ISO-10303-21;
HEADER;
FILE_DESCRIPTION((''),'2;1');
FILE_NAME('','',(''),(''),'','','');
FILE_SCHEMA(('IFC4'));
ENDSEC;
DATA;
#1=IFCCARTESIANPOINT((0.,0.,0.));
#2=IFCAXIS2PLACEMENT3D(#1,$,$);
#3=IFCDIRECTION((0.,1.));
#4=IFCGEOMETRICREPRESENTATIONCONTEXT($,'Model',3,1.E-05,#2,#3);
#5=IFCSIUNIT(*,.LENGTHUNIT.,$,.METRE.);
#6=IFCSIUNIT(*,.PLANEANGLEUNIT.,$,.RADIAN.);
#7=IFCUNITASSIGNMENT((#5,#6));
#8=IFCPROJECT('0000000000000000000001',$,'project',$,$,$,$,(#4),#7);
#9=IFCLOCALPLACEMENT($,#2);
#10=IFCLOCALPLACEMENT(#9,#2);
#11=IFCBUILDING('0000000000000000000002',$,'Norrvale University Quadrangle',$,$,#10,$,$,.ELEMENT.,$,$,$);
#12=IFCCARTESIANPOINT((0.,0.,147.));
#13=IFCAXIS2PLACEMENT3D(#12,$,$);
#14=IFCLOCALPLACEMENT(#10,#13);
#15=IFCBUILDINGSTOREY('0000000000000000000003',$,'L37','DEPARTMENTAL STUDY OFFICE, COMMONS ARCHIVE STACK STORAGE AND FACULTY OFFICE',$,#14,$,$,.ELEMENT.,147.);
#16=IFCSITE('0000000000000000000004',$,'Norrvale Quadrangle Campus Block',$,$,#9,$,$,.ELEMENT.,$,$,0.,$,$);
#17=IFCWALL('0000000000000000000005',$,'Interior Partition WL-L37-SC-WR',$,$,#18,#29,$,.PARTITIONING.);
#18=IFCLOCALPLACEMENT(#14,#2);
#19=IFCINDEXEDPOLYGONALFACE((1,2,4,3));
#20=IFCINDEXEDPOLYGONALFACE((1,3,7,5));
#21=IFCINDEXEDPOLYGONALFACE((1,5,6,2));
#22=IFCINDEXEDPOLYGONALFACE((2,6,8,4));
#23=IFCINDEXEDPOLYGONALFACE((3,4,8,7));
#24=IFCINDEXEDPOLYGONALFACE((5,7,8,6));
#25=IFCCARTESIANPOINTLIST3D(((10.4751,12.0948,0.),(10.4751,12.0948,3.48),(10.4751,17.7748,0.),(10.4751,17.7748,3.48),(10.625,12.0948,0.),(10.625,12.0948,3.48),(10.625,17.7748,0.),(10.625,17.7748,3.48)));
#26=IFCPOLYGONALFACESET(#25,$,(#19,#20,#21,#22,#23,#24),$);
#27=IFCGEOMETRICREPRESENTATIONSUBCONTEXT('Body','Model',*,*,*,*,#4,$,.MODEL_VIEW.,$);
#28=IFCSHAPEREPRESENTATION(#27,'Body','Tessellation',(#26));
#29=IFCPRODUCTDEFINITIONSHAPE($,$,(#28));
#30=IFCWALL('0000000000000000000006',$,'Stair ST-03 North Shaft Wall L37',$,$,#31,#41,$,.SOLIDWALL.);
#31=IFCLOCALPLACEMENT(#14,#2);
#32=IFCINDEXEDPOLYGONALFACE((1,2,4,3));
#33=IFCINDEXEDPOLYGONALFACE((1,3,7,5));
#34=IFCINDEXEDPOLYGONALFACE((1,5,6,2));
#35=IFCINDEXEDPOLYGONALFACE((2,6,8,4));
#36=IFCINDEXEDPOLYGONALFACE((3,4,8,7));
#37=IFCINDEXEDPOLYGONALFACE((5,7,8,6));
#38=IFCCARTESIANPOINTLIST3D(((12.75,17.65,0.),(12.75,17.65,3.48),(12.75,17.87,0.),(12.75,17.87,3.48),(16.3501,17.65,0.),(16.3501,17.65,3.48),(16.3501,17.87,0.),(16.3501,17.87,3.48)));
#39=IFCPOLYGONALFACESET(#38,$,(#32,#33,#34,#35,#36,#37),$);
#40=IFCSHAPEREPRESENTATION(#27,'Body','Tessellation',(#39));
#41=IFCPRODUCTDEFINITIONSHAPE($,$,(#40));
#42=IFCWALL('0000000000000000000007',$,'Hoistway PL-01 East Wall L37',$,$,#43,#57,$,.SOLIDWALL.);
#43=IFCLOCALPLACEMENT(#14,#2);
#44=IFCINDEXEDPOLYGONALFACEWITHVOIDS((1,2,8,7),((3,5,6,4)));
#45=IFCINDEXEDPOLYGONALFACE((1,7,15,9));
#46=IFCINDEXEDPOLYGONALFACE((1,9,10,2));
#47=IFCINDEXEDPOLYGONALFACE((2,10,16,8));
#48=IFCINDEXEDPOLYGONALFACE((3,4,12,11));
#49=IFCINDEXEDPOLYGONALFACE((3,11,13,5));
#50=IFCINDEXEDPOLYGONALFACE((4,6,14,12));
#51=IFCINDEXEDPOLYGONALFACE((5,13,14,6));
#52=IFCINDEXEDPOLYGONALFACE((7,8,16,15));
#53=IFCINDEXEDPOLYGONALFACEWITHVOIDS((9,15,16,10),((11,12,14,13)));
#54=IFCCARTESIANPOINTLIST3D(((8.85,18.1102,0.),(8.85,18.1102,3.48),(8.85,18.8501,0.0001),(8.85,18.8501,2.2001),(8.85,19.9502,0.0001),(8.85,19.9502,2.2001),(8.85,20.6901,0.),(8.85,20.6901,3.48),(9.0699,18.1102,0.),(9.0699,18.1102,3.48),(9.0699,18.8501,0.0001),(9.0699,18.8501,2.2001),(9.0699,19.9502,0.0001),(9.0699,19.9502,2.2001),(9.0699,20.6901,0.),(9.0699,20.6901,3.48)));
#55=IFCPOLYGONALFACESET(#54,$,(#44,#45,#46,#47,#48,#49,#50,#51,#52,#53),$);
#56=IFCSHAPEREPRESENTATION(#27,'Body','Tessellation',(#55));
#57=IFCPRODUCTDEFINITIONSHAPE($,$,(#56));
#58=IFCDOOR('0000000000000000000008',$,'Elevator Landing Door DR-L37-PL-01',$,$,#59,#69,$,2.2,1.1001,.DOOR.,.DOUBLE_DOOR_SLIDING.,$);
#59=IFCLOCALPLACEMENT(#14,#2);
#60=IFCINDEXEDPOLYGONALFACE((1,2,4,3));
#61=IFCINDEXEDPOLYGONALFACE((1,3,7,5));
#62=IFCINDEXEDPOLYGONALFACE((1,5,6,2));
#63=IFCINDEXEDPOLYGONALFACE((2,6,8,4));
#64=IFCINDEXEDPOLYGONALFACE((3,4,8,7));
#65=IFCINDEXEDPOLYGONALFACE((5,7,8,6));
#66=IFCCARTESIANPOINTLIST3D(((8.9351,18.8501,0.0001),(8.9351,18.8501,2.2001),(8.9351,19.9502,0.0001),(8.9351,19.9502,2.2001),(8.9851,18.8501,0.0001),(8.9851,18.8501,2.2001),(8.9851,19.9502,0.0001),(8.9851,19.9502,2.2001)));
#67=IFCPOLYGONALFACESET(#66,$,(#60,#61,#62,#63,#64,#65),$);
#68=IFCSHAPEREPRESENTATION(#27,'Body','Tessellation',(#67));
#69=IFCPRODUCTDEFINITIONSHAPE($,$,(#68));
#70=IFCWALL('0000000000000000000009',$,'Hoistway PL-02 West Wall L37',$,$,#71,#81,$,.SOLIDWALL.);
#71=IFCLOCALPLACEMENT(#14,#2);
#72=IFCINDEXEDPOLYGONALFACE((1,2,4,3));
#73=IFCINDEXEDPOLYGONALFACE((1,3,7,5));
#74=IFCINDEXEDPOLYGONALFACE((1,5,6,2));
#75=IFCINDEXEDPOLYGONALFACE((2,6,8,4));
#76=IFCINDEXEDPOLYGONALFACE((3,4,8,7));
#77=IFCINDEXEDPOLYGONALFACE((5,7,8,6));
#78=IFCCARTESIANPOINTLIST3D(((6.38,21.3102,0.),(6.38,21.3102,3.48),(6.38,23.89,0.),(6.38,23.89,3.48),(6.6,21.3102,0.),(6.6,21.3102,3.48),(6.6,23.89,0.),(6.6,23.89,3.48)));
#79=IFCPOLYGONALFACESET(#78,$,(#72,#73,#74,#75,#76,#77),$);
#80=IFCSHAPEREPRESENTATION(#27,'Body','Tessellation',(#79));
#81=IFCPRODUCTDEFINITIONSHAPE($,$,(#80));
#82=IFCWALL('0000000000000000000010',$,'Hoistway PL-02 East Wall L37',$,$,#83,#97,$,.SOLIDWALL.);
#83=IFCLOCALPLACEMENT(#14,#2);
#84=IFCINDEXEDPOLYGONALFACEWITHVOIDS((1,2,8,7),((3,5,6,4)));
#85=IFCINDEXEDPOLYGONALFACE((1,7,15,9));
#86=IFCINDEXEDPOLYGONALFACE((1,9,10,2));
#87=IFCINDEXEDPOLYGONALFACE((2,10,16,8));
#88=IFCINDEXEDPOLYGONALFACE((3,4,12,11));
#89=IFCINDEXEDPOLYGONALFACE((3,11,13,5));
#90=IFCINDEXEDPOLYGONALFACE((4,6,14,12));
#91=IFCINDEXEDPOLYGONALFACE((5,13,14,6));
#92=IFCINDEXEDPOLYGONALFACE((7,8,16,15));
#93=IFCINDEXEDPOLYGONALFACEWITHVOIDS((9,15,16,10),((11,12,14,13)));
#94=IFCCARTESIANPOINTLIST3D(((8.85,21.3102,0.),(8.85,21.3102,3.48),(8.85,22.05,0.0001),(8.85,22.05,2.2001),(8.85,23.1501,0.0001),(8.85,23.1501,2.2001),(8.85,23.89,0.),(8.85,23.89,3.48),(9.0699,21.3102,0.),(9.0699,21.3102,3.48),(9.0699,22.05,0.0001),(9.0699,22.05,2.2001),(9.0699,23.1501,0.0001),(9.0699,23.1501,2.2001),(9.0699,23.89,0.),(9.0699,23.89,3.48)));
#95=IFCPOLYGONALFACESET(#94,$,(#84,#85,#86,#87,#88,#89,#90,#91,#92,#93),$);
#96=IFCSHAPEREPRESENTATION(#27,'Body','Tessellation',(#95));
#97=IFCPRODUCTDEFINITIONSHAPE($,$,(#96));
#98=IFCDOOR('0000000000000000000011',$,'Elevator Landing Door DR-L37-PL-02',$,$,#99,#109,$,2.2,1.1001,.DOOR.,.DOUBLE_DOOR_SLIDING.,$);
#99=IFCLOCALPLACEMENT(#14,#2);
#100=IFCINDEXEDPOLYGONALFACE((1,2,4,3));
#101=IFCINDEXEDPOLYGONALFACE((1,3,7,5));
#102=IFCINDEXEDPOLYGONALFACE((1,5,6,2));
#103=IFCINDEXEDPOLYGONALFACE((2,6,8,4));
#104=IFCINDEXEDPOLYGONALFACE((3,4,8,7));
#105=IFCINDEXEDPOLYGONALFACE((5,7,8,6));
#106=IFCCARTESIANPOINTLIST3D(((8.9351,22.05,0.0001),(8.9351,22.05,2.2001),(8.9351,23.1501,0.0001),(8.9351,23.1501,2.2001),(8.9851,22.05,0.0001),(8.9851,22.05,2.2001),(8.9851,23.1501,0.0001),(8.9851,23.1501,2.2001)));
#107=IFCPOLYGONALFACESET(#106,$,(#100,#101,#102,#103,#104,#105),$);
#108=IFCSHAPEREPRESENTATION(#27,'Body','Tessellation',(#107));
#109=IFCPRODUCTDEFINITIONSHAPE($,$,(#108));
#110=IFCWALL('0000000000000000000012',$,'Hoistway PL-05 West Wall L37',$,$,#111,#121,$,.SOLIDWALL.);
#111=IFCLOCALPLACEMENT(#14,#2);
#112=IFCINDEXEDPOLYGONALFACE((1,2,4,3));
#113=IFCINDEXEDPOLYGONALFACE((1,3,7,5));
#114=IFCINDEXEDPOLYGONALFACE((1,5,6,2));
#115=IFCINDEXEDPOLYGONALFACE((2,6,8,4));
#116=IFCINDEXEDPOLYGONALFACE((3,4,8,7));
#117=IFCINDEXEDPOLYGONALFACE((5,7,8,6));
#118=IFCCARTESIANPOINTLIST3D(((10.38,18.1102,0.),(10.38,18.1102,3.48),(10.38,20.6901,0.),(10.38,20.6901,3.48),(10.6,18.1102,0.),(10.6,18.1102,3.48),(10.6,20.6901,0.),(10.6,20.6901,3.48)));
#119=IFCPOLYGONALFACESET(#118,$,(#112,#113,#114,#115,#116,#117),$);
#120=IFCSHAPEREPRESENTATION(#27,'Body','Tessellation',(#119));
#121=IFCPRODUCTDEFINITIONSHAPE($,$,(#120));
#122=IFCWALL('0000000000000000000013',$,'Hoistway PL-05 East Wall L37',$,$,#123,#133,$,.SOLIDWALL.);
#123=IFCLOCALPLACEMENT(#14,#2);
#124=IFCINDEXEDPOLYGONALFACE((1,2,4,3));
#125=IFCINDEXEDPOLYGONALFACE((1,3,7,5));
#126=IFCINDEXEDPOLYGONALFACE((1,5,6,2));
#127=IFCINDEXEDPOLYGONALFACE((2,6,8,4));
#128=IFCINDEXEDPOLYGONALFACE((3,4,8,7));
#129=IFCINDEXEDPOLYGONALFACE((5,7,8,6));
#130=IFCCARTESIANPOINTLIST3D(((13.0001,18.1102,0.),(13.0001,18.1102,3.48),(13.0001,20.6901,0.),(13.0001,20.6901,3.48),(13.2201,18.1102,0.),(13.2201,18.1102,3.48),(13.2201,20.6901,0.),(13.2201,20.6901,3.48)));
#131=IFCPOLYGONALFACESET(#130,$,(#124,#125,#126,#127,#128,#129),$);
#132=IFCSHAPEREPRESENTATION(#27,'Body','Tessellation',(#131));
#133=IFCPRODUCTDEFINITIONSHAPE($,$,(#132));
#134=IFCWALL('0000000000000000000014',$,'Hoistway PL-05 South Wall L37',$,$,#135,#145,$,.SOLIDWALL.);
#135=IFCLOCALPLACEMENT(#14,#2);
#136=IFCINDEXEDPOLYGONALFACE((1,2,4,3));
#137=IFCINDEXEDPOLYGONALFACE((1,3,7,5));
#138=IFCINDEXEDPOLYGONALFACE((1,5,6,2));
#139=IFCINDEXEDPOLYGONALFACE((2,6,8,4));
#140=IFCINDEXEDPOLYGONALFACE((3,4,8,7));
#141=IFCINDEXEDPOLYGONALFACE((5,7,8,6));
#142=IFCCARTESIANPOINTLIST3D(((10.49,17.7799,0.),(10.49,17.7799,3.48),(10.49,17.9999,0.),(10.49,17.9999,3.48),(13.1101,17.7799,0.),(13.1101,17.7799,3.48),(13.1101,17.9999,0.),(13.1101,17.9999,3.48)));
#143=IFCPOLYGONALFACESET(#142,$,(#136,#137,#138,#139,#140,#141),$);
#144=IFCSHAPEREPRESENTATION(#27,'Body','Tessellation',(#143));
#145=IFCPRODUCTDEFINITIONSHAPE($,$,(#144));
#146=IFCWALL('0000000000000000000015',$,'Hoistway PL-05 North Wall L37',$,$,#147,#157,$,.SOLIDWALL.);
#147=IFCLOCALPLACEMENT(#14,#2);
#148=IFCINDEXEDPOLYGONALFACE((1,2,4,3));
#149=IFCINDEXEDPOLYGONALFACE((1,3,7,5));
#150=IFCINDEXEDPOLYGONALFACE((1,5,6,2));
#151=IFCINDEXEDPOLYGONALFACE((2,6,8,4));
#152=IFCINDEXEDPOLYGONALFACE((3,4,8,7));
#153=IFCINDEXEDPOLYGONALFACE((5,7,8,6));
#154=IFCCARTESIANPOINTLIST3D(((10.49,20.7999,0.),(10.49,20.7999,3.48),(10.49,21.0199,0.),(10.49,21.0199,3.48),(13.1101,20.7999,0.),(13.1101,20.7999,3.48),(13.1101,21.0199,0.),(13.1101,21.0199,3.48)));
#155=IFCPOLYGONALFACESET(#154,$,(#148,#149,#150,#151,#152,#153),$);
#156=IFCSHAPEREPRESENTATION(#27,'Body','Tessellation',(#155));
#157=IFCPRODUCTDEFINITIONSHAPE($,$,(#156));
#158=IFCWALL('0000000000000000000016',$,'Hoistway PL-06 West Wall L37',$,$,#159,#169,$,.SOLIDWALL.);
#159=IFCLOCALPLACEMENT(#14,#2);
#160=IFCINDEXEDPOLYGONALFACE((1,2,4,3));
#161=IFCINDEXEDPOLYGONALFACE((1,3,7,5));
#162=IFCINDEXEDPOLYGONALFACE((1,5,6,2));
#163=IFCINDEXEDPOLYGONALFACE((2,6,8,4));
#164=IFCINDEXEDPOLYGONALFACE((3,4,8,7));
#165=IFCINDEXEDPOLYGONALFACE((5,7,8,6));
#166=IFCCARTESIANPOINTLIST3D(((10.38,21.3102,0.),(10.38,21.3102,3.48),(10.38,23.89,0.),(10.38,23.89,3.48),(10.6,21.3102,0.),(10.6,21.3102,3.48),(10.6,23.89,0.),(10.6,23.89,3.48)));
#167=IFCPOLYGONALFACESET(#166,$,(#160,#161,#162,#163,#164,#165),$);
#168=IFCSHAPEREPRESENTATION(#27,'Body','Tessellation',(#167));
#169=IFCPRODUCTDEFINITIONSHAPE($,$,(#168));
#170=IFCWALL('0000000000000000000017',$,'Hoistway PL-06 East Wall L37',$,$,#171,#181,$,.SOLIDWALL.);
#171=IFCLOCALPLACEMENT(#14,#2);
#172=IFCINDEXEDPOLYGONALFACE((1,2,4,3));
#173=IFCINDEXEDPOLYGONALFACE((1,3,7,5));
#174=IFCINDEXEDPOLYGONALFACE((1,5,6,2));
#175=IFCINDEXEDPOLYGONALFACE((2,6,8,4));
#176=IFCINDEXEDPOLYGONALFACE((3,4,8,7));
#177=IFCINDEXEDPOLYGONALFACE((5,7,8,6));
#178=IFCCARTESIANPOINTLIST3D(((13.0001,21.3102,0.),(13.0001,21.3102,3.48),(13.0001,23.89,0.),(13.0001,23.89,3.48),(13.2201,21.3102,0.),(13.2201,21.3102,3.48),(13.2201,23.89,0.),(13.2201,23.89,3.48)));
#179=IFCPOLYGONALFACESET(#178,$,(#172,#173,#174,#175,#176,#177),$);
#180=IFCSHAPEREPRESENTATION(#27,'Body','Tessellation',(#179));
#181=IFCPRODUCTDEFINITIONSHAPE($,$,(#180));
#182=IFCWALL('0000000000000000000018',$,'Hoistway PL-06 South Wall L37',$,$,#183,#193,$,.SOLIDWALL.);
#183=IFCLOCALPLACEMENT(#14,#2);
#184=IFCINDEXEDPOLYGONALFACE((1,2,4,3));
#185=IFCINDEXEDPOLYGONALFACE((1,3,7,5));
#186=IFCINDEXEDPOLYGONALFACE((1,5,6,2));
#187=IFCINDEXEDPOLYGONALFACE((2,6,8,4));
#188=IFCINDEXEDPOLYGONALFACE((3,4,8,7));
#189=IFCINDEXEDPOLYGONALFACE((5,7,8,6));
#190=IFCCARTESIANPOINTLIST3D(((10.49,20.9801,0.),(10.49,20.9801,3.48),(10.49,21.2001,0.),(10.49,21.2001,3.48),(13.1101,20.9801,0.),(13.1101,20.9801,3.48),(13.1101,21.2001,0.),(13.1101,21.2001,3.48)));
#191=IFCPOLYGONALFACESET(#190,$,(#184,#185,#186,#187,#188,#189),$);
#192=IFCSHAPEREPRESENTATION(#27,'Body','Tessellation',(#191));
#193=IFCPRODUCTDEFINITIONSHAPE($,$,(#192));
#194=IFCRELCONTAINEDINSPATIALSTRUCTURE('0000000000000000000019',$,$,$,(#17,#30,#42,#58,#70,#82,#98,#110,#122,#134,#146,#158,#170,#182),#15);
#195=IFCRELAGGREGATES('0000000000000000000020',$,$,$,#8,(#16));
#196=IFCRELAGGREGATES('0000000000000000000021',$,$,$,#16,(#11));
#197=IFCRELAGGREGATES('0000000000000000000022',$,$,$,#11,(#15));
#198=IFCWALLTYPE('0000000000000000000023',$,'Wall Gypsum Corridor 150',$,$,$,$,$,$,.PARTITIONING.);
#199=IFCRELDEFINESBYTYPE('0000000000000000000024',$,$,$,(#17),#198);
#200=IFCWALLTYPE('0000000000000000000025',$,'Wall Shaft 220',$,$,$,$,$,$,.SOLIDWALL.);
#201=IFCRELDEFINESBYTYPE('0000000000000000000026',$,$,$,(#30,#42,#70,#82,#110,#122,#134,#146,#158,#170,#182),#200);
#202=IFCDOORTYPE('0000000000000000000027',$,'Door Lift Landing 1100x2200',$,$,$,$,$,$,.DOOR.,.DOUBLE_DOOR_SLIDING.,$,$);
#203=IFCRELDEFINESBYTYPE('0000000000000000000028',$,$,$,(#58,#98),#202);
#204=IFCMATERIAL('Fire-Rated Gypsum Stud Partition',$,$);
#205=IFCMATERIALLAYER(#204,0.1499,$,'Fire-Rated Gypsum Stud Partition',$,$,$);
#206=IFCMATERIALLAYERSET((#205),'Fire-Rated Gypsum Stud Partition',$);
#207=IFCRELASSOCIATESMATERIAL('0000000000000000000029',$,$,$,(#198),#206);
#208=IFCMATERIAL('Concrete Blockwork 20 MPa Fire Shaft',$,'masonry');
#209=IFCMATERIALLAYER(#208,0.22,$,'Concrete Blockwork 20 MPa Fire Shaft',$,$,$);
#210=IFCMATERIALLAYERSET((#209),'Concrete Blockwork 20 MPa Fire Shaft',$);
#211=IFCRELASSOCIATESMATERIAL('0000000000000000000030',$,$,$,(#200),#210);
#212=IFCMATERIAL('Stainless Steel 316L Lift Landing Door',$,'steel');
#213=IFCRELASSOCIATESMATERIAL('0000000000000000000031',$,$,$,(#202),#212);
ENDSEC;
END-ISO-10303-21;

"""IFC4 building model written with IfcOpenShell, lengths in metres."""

from ifc_helpers import new_model, si_unit, direction, frame, frame_2d, origin, place, context, subcontext, project, spatial, rectangle, extrude, material, layer, layer_set, type_object, element, fill, save


model = new_model("IFC4")

# Units and contexts
model_context = context("Model", 3, precision=1e-05, world=origin(), true_north=direction((0.0, 1.0)))
body_context = subcontext(model_context, "Body", "Model", "MODEL_VIEW")
ifc_project = project(units=[si_unit("LENGTHUNIT", "METRE"), si_unit("PLANEANGLEUNIT", "RADIAN")], contexts=[model_context])

# Site, building, storey
site_placement = place(None, origin())
site = spatial("IfcSite", under=ifc_project, at=site_placement, Name="Norrvale Quadrangle Campus Block", CompositionType="ELEMENT", RefElevation=0.0)
building_placement = place(site_placement, origin())
building = spatial("IfcBuilding", under=site, at=building_placement, Name="Norrvale University Quadrangle", CompositionType="ELEMENT")
storey_placement = place(building_placement, frame((0.0, 0.0, 147.0)))
storey = spatial("IfcBuildingStorey", under=building, at=storey_placement, Name="L37", Description="DEPARTMENTAL STUDY OFFICE, COMMONS ARCHIVE STACK STORAGE AND FACULTY OFFICE", CompositionType="ELEMENT", Elevation=147.0)

# Shared definitions
ifc_material_1 = material(Name="Fire-Rated Gypsum Stud Partition")
ifc_layer_1 = layer(ifc_material_1, 0.1499, Name="Fire-Rated Gypsum Stud Partition")
ifc_layer_set_1 = layer_set([ifc_layer_1], Name="Fire-Rated Gypsum Stud Partition")
wall_type_1 = type_object("IfcWallType", Name="Wall Gypsum Corridor 150", PredefinedType="PARTITIONING", material=ifc_layer_set_1)

# Walls
for number, where, z_axis, x_axis, name in (
    (1, (10.55, 12.095, 0.0), (0.0, 0.0, 1.0), (0.0, 1.0, 0.0), "Interior Partition WL-L37-SC-WR"),
):
    element("IfcWall", number, at=place(storey_placement, frame(where, z_axis=z_axis, x_axis=x_axis)), inside=storey, type_object=wall_type_1, Name=name, PredefinedType="PARTITIONING", context=body_context, shape_type="SweptSolid", body=[
        extrude(rectangle(XDim=5.6799, YDim=0.1499, at=frame_2d((2.8398, 0.0))), origin(), (0.0, 0.0, 1.0), 3.48),
    ])
ifc_material_2 = material(Name="Concrete Blockwork 20 MPa Fire Shaft", Category="masonry")
ifc_layer_2 = layer(ifc_material_2, 0.22, Name="Concrete Blockwork 20 MPa Fire Shaft")
ifc_layer_set_2 = layer_set([ifc_layer_2], Name="Concrete Blockwork 20 MPa Fire Shaft")
wall_type_2 = type_object("IfcWallType", Name="Wall Shaft 220", PredefinedType="SOLIDWALL", material=ifc_layer_set_2)
wall_1_placement = place(storey_placement, frame((12.75, 17.76, 0.0), z_axis=(0.0, 0.0, 1.0), x_axis=(1.0, 0.0, 0.0)))
element("IfcWall", 2, at=wall_1_placement, inside=storey, type_object=wall_type_2, Name="Stair ST-03 North Shaft Wall L37", PredefinedType="SOLIDWALL", context=body_context, shape_type="SweptSolid", body=[
    extrude(rectangle(XDim=3.6001, YDim=0.22, at=frame_2d((1.8, 0.0))), origin(), (0.0, 0.0, 1.0), 3.48),
])

# Wall, opening, door
wall_2_placement = place(storey_placement, frame((8.96, 18.1101, 0.0), z_axis=(0.0, 0.0, 1.0), x_axis=(0.0, 1.0, 0.0)))
wall_2 = element("IfcWall", 3, at=wall_2_placement, inside=storey, type_object=wall_type_2, Name="Hoistway PL-01 East Wall L37", PredefinedType="SOLIDWALL", context=body_context, shape_type="SweptSolid", body=[
    extrude(rectangle(XDim=2.5798, YDim=0.22, at=frame_2d((1.29, 0.0))), origin(), (0.0, 0.0, 1.0), 3.48),
])
opening_1_placement = place(wall_2_placement, frame((0.74, 0.0, 0.0)))
opening_1 = element("IfcOpeningElement", 4, at=opening_1_placement, cuts=wall_2, PredefinedType="OPENING", context=body_context, shape_type="SweptSolid", body=[
    extrude(rectangle(XDim=1.1001, YDim=2.2, at=frame_2d((0.55, 1.1001))), frame((0.0, 0.1221, 0.0), z_axis=(0.0, -1.0, 0.0), x_axis=(1.0, 0.0, 0.0)), (0.0, 0.0, 1.0), 0.2439),
])
ifc_material_3 = material(Name="Stainless Steel 316L Lift Landing Door", Category="steel")
door_type_1 = type_object("IfcDoorType", Name="Door Lift Landing 1100x2200", OperationType="DOUBLE_DOOR_SLIDING", PredefinedType="DOOR", material=ifc_material_3)
door_1_placement = place(opening_1_placement, origin())
door_1 = element("IfcDoor", 5, at=door_1_placement, inside=storey, type_object=door_type_1, Name="Elevator Landing Door DR-L37-PL-01", OperationType="DOUBLE_DOOR_SLIDING", OverallHeight=2.2, OverallWidth=1.1001, PredefinedType="DOOR", context=body_context, shape_type="SweptSolid", body=[
    extrude(rectangle(XDim=1.1001, YDim=2.2, at=frame_2d((0.55, 1.1001))), frame((0.0, 0.0249, 0.0), z_axis=(0.0, -1.0, 0.0), x_axis=(1.0, 0.0, 0.0)), (0.0, 0.0, 1.0), 0.05),
])
fill(opening_1, door_1)

# Wall
wall_3_placement = place(storey_placement, frame((6.49, 21.3101, 0.0), z_axis=(0.0, 0.0, 1.0), x_axis=(0.0, 1.0, 0.0)))
element("IfcWall", 6, at=wall_3_placement, inside=storey, type_object=wall_type_2, Name="Hoistway PL-02 West Wall L37", PredefinedType="SOLIDWALL", context=body_context, shape_type="SweptSolid", body=[
    extrude(rectangle(XDim=2.5798, YDim=0.22, at=frame_2d((1.29, 0.0))), origin(), (0.0, 0.0, 1.0), 3.48),
])

# Wall, opening, door
wall_4_placement = place(storey_placement, frame((8.96, 21.3101, 0.0), z_axis=(0.0, 0.0, 1.0), x_axis=(0.0, 1.0, 0.0)))
wall_4 = element("IfcWall", 7, at=wall_4_placement, inside=storey, type_object=wall_type_2, Name="Hoistway PL-02 East Wall L37", PredefinedType="SOLIDWALL", context=body_context, shape_type="SweptSolid", body=[
    extrude(rectangle(XDim=2.5798, YDim=0.22, at=frame_2d((1.29, 0.0))), origin(), (0.0, 0.0, 1.0), 3.48),
])
opening_2_placement = place(wall_4_placement, frame((0.74, 0.0, 0.0)))
opening_2 = element("IfcOpeningElement", 8, at=opening_2_placement, cuts=wall_4, PredefinedType="OPENING", context=body_context, shape_type="SweptSolid", body=[
    extrude(rectangle(XDim=1.1001, YDim=2.2, at=frame_2d((0.55, 1.1001))), frame((0.0, 0.1221, 0.0), z_axis=(0.0, -1.0, 0.0), x_axis=(1.0, 0.0, 0.0)), (0.0, 0.0, 1.0), 0.2439),
])
door_2_placement = place(opening_2_placement, origin())
door_2 = element("IfcDoor", 9, at=door_2_placement, inside=storey, type_object=door_type_1, Name="Elevator Landing Door DR-L37-PL-02", OperationType="DOUBLE_DOOR_SLIDING", OverallHeight=2.2, OverallWidth=1.1001, PredefinedType="DOOR", context=body_context, shape_type="SweptSolid", body=[
    extrude(rectangle(XDim=1.1001, YDim=2.2, at=frame_2d((0.55, 1.1001))), frame((0.0, 0.0249, 0.0), z_axis=(0.0, -1.0, 0.0), x_axis=(1.0, 0.0, 0.0)), (0.0, 0.0, 1.0), 0.05),
])
fill(opening_2, door_2)

# Walls
for number, where, z_axis, x_axis, name in (
    (10, (10.49, 18.1101, 0.0), (0.0, 0.0, 1.0), (0.0, 1.0, 0.0), "Hoistway PL-05 West Wall L37"),
    (11, (13.1101, 18.1101, 0.0), (0.0, 0.0, 1.0), (0.0, 1.0, 0.0), "Hoistway PL-05 East Wall L37"),
):
    element("IfcWall", number, at=place(storey_placement, frame(where, z_axis=z_axis, x_axis=x_axis)), inside=storey, type_object=wall_type_2, Name=name, PredefinedType="SOLIDWALL", context=body_context, shape_type="SweptSolid", body=[
        extrude(rectangle(XDim=2.5798, YDim=0.22, at=frame_2d((1.29, 0.0))), origin(), (0.0, 0.0, 1.0), 3.48),
    ])
for number, where, z_axis, x_axis, name in (
    (12, (10.49, 17.8899, 0.0), (0.0, 0.0, 1.0), (1.0, 0.0, 0.0), "Hoistway PL-05 South Wall L37"),
    (13, (10.49, 20.9099, 0.0), (0.0, 0.0, 1.0), (1.0, 0.0, 0.0), "Hoistway PL-05 North Wall L37"),
):
    element("IfcWall", number, at=place(storey_placement, frame(where, z_axis=z_axis, x_axis=x_axis)), inside=storey, type_object=wall_type_2, Name=name, PredefinedType="SOLIDWALL", context=body_context, shape_type="SweptSolid", body=[
        extrude(rectangle(XDim=2.6201, YDim=0.22, at=frame_2d((1.3101, 0.0))), origin(), (0.0, 0.0, 1.0), 3.48),
    ])
for number, where, z_axis, x_axis, name in (
    (14, (10.49, 21.3101, 0.0), (0.0, 0.0, 1.0), (0.0, 1.0, 0.0), "Hoistway PL-06 West Wall L37"),
    (15, (13.1101, 21.3101, 0.0), (0.0, 0.0, 1.0), (0.0, 1.0, 0.0), "Hoistway PL-06 East Wall L37"),
):
    element("IfcWall", number, at=place(storey_placement, frame(where, z_axis=z_axis, x_axis=x_axis)), inside=storey, type_object=wall_type_2, Name=name, PredefinedType="SOLIDWALL", context=body_context, shape_type="SweptSolid", body=[
        extrude(rectangle(XDim=2.5798, YDim=0.22, at=frame_2d((1.29, 0.0))), origin(), (0.0, 0.0, 1.0), 3.48),
    ])
wall_5_placement = place(storey_placement, frame((10.49, 21.0901, 0.0), z_axis=(0.0, 0.0, 1.0), x_axis=(1.0, 0.0, 0.0)))
element("IfcWall", 16, at=wall_5_placement, inside=storey, type_object=wall_type_2, Name="Hoistway PL-06 South Wall L37", PredefinedType="SOLIDWALL", context=body_context, shape_type="SweptSolid", body=[
    extrude(rectangle(XDim=2.6201, YDim=0.22, at=frame_2d((1.3101, 0.0))), origin(), (0.0, 0.0, 1.0), 3.48),
])

save(model, "model.ifc")
